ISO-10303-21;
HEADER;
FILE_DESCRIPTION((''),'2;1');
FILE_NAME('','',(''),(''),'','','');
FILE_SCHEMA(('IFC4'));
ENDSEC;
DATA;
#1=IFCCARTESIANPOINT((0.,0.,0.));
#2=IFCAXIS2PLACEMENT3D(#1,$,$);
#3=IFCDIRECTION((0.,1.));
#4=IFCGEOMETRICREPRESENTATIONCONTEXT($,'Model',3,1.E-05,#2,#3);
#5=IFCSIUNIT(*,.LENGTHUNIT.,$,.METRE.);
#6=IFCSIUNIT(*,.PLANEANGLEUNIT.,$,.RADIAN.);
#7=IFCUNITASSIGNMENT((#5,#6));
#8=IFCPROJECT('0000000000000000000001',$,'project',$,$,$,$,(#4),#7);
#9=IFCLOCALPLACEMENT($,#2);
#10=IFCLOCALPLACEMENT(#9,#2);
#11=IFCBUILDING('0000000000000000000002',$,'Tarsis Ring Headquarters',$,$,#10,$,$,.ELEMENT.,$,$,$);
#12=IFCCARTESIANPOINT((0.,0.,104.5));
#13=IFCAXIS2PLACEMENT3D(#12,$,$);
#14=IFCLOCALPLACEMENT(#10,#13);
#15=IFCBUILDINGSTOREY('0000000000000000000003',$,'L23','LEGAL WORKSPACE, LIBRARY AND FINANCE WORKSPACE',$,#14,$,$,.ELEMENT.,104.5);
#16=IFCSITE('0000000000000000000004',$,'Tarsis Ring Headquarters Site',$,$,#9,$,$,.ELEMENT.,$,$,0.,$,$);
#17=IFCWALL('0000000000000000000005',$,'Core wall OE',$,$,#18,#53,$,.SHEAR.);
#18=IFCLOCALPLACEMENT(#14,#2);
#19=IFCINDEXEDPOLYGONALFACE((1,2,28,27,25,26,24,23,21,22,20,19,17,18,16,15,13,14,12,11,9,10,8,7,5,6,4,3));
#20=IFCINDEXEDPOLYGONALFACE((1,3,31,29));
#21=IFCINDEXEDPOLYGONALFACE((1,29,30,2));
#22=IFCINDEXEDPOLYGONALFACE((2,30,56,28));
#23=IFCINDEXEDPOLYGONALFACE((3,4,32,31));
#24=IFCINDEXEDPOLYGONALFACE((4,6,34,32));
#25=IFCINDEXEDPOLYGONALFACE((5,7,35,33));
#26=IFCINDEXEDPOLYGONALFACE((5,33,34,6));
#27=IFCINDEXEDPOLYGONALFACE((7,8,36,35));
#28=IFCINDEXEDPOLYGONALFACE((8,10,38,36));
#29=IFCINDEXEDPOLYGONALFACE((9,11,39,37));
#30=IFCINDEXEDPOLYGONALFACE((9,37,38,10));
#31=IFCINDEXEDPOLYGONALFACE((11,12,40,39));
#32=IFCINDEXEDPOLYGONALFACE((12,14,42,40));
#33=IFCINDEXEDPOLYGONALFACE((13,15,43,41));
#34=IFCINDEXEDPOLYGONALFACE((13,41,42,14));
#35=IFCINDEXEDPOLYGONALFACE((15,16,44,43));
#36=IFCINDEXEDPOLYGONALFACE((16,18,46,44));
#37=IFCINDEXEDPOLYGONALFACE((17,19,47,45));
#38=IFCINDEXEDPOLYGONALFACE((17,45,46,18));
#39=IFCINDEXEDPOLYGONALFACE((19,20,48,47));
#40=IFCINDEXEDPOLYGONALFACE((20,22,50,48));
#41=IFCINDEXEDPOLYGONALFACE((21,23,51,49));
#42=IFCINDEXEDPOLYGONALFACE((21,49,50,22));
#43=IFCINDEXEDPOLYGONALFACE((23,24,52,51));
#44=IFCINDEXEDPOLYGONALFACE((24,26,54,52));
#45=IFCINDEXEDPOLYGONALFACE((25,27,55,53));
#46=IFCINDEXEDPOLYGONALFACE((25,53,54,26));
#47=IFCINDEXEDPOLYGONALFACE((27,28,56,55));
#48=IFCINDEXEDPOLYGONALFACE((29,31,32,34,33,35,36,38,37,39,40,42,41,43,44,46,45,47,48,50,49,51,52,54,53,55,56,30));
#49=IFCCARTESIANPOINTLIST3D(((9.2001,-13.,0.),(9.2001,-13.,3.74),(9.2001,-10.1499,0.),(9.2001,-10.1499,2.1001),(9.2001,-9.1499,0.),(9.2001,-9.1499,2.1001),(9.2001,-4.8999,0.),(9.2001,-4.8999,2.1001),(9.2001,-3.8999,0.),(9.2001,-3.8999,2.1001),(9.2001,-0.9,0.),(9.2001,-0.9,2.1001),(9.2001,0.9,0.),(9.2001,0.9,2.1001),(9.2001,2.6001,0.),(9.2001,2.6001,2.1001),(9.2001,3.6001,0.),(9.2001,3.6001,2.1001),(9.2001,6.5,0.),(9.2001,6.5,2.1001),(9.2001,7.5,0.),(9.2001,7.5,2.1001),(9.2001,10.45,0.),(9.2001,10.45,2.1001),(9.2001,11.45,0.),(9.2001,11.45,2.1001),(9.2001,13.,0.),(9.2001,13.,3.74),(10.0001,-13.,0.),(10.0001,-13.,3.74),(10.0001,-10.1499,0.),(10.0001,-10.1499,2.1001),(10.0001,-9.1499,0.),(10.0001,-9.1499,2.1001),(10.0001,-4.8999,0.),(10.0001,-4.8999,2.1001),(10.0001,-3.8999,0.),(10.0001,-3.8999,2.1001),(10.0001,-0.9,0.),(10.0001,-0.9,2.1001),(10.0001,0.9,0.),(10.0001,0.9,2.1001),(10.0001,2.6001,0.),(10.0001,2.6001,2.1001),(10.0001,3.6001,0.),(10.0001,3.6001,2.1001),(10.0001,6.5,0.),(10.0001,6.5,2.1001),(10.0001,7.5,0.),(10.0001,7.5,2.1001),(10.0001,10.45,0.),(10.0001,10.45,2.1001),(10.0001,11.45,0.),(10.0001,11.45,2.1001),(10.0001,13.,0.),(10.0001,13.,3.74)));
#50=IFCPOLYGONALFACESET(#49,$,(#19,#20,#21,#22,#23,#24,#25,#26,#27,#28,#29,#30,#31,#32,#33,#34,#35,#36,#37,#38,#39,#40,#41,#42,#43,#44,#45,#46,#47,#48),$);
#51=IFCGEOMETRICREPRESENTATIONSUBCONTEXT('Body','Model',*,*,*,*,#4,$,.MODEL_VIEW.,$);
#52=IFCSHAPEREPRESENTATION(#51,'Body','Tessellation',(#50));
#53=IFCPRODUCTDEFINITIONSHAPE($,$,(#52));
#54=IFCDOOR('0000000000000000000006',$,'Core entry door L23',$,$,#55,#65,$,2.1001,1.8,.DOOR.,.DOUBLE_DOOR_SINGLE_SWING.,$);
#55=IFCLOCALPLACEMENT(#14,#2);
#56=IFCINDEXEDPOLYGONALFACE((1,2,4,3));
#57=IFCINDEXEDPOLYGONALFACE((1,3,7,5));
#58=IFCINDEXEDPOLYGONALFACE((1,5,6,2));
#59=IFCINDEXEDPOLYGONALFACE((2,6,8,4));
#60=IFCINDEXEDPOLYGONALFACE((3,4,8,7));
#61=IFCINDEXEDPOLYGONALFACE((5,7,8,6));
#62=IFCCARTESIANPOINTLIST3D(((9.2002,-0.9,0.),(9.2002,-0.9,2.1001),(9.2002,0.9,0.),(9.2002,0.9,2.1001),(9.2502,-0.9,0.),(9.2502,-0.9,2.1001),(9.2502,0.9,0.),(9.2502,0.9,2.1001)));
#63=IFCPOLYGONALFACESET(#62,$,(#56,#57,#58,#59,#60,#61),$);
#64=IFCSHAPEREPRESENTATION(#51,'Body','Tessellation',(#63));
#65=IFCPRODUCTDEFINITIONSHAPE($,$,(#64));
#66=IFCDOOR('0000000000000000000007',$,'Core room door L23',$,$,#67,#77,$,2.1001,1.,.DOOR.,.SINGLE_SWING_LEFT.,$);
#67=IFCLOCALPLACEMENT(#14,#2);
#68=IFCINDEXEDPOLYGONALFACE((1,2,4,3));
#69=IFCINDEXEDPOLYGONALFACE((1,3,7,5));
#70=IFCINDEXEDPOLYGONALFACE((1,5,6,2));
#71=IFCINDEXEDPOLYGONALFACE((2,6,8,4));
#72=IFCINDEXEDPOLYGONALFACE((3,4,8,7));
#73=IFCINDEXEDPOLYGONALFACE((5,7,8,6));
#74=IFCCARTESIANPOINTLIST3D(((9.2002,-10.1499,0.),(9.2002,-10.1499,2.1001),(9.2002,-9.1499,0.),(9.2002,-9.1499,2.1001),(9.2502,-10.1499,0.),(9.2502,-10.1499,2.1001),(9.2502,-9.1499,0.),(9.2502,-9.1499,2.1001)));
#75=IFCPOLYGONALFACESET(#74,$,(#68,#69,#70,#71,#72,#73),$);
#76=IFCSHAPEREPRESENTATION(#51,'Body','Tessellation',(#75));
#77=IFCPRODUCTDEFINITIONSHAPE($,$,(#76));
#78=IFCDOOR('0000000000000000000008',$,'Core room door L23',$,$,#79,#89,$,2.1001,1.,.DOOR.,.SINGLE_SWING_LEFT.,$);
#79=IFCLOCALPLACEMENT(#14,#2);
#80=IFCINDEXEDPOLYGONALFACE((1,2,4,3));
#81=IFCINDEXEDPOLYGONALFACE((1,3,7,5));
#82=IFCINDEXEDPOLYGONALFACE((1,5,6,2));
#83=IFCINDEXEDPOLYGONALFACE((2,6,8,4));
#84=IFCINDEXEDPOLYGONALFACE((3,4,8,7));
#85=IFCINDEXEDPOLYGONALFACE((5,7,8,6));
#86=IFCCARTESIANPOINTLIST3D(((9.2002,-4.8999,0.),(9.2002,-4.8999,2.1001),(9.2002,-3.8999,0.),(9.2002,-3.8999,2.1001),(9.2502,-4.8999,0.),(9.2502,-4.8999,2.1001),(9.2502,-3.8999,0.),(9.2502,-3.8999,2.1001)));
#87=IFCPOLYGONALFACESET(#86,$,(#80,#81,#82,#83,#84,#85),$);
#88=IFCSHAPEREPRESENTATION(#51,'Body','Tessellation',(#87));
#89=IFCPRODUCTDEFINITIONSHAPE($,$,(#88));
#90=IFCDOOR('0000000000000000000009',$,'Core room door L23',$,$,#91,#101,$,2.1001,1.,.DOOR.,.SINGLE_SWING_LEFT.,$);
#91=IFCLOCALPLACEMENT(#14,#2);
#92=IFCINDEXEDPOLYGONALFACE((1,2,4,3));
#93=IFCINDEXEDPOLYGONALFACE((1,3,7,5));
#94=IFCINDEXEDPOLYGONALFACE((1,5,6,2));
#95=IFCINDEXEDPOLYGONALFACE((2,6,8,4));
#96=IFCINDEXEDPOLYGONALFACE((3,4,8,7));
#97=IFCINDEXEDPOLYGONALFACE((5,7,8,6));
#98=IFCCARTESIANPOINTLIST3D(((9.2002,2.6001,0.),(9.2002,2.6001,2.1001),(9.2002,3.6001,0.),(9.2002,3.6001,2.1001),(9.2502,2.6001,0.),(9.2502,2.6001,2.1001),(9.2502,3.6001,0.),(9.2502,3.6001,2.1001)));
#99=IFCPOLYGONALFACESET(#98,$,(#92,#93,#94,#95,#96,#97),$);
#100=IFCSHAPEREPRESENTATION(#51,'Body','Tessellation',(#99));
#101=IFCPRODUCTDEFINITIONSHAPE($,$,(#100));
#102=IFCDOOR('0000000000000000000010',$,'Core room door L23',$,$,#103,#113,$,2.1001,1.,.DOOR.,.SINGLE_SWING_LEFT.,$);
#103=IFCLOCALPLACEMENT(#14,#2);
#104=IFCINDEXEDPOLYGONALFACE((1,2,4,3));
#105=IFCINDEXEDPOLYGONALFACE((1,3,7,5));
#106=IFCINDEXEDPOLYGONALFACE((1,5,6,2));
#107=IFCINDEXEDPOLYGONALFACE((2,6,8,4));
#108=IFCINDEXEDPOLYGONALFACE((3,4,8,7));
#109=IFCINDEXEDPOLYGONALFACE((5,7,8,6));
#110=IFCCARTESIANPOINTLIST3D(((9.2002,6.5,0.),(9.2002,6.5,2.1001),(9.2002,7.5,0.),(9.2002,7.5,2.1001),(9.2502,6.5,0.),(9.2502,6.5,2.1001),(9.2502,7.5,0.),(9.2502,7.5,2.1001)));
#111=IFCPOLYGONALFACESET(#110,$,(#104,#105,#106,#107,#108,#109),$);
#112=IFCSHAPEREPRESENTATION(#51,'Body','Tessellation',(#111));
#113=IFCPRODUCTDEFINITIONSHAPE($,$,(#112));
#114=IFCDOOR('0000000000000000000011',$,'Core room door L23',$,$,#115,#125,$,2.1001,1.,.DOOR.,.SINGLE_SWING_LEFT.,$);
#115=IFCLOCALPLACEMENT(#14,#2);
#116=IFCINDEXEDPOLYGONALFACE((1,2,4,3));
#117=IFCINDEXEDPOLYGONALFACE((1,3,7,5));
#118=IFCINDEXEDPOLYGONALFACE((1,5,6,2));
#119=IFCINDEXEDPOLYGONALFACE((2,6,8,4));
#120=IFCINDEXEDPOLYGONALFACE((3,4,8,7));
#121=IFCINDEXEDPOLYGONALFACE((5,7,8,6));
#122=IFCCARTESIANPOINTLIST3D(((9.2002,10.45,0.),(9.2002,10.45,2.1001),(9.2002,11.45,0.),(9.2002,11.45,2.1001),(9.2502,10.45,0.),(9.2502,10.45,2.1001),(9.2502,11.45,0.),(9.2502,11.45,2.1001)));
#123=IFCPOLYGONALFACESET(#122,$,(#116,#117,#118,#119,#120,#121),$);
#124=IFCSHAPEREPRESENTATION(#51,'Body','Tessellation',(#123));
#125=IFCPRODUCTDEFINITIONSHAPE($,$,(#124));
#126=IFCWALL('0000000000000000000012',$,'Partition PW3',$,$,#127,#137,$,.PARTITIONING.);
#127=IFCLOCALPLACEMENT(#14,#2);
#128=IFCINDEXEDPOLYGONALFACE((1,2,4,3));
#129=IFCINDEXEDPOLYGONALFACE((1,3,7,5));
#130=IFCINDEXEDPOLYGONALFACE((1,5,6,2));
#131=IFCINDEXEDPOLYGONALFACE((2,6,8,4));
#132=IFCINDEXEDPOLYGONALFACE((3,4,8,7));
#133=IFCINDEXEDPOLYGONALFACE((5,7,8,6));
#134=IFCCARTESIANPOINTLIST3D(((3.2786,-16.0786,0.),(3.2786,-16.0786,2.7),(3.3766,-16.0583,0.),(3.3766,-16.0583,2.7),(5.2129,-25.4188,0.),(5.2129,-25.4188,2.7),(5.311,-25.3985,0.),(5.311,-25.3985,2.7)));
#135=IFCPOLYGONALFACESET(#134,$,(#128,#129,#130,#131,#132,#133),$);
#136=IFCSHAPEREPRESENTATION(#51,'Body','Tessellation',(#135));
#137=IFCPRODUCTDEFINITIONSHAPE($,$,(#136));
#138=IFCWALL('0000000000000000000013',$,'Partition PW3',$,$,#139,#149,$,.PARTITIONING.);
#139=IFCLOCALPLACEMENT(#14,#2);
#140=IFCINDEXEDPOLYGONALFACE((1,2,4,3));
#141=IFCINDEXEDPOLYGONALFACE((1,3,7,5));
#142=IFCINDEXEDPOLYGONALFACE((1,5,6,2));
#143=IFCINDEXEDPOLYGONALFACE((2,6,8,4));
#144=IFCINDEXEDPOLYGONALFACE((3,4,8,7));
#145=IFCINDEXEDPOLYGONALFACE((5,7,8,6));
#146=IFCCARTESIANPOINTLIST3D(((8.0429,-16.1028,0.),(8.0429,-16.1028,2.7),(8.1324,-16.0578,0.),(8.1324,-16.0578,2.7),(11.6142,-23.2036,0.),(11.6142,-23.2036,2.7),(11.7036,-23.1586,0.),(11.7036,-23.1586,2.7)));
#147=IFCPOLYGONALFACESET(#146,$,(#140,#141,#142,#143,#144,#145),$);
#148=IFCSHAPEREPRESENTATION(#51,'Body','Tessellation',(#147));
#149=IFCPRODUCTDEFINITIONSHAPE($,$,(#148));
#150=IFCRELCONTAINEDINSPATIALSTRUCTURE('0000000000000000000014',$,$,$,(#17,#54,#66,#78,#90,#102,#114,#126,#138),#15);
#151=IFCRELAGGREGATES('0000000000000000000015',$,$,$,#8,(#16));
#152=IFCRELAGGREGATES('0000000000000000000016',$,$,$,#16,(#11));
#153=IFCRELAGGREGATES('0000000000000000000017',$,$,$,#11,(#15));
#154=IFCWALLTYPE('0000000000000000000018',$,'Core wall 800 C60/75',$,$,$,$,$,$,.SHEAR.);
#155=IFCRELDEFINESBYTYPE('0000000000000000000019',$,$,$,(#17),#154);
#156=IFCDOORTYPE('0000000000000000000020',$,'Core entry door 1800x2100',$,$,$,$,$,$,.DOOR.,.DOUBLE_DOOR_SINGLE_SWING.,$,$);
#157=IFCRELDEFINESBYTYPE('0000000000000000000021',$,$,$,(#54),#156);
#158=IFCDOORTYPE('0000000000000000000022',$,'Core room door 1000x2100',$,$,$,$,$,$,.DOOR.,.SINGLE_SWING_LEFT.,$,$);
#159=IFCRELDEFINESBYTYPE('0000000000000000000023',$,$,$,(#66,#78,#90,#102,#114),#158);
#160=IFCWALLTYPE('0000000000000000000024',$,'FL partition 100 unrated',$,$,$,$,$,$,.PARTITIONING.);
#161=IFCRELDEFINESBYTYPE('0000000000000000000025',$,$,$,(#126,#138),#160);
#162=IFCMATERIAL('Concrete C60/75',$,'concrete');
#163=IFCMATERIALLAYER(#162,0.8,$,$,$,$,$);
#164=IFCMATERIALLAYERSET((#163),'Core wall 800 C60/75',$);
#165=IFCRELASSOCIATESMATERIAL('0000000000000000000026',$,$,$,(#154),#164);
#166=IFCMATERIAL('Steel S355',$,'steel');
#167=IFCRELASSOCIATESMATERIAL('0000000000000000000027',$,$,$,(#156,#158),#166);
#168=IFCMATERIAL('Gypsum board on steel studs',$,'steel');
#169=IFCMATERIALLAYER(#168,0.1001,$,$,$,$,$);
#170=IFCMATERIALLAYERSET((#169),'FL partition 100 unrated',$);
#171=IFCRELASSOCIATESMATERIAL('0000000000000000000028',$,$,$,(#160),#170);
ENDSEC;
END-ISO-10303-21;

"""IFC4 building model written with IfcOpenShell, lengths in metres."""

from ifc_helpers import new_model, si_unit, direction, frame, frame_2d, origin, place, context, subcontext, project, spatial, rectangle, extrude, material, layer, layer_set, type_object, element, fill, save


model = new_model("IFC4")

# Units and contexts
model_context = context("Model", 3, precision=1e-05, world=origin(), true_north=direction((0.0, 1.0)))
body_context = subcontext(model_context, "Body", "Model", "MODEL_VIEW")
ifc_project = project(units=[si_unit("LENGTHUNIT", "METRE"), si_unit("PLANEANGLEUNIT", "RADIAN")], contexts=[model_context])

# Site, building, storey
site_placement = place(None, origin())
site = spatial("IfcSite", under=ifc_project, at=site_placement, Name="Tarsis Ring Headquarters Site", CompositionType="ELEMENT", RefElevation=0.0)
building_placement = place(site_placement, origin())
building = spatial("IfcBuilding", under=site, at=building_placement, Name="Tarsis Ring Headquarters", CompositionType="ELEMENT")
storey_placement = place(building_placement, frame((0.0, 0.0, 104.5)))
storey = spatial("IfcBuildingStorey", under=building, at=storey_placement, Name="L23", Description="LEGAL WORKSPACE, LIBRARY AND FINANCE WORKSPACE", CompositionType="ELEMENT", Elevation=104.5)

# Wall, openings, doors
ifc_material_1 = material(Name="Concrete C60/75", Category="concrete")
ifc_layer_1 = layer(ifc_material_1, 0.8)
ifc_layer_set_1 = layer_set([ifc_layer_1], Name="Core wall 800 C60/75")
wall_type_1 = type_object("IfcWallType", Name="Core wall 800 C60/75", PredefinedType="SHEAR", material=ifc_layer_set_1)
ifc_material_2 = material(Name="Steel S355", Category="steel")
door_type_1 = type_object("IfcDoorType", Name="Core entry door 1800x2100", OperationType="DOUBLE_DOOR_SINGLE_SWING", PredefinedType="DOOR", material=ifc_material_2)
door_type_2 = type_object("IfcDoorType", Name="Core room door 1000x2100", OperationType="SINGLE_SWING_LEFT", PredefinedType="DOOR", material=ifc_material_2)
wall_1_placement = place(storey_placement, frame((9.6001, -13.0, 0.0), z_axis=(0.0, 0.0, 1.0), x_axis=(0.0, 1.0, 0.0)))
wall_1 = element("IfcWall", 1, at=wall_1_placement, inside=storey, type_object=wall_type_1, Name="Core wall OE", PredefinedType="SHEAR", context=body_context, shape_type="SweptSolid", body=[
    extrude(rectangle(XDim=26.0, YDim=0.8, at=frame_2d((13.0, 0.0))), origin(), (0.0, 0.0, 1.0), 3.74),
])
opening_1_placement = place(wall_1_placement, frame((2.8501, 0.0, 0.0)))
opening_1 = element("IfcOpeningElement", 2, at=opening_1_placement, cuts=wall_1, PredefinedType="OPENING", context=body_context, shape_type="SweptSolid", body=[
    extrude(rectangle(XDim=1.0, YDim=2.1001, at=frame_2d((0.5, 1.05))), frame((0.0, 0.4099, 0.0), z_axis=(0.0, -1.0, 0.0), x_axis=(1.0, 0.0, 0.0)), (0.0, 0.0, 1.0), 0.8201),
])
opening_2_placement = place(wall_1_placement, frame((8.1001, 0.0, 0.0)))
opening_2 = element("IfcOpeningElement", 3, at=opening_2_placement, cuts=wall_1, PredefinedType="OPENING", context=body_context, shape_type="SweptSolid", body=[
    extrude(rectangle(XDim=1.0, YDim=2.1001, at=frame_2d((0.5, 1.05))), frame((0.0, 0.4099, 0.0), z_axis=(0.0, -1.0, 0.0), x_axis=(1.0, 0.0, 0.0)), (0.0, 0.0, 1.0), 0.8201),
])
opening_3_placement = place(wall_1_placement, frame((12.1001, 0.0, 0.0)))
opening_3 = element("IfcOpeningElement", 4, at=opening_3_placement, cuts=wall_1, PredefinedType="OPENING", context=body_context, shape_type="SweptSolid", body=[
    extrude(rectangle(XDim=1.8, YDim=2.1001, at=frame_2d((0.8999, 1.05))), frame((0.0, 0.4099, 0.0), z_axis=(0.0, -1.0, 0.0), x_axis=(1.0, 0.0, 0.0)), (0.0, 0.0, 1.0), 0.8201),
])
opening_4_placement = place(wall_1_placement, frame((15.6001, 0.0, 0.0)))
opening_4 = element("IfcOpeningElement", 5, at=opening_4_placement, cuts=wall_1, PredefinedType="OPENING", context=body_context, shape_type="SweptSolid", body=[
    extrude(rectangle(XDim=1.0, YDim=2.1001, at=frame_2d((0.5, 1.05))), frame((0.0, 0.4099, 0.0), z_axis=(0.0, -1.0, 0.0), x_axis=(1.0, 0.0, 0.0)), (0.0, 0.0, 1.0), 0.8201),
])
opening_5_placement = place(wall_1_placement, frame((19.5, 0.0, 0.0)))
opening_5 = element("IfcOpeningElement", 6, at=opening_5_placement, cuts=wall_1, PredefinedType="OPENING", context=body_context, shape_type="SweptSolid", body=[
    extrude(rectangle(XDim=1.0, YDim=2.1001, at=frame_2d((0.5, 1.05))), frame((0.0, 0.4099, 0.0), z_axis=(0.0, -1.0, 0.0), x_axis=(1.0, 0.0, 0.0)), (0.0, 0.0, 1.0), 0.8201),
])
opening_6_placement = place(wall_1_placement, frame((23.45, 0.0, 0.0)))
opening_6 = element("IfcOpeningElement", 7, at=opening_6_placement, cuts=wall_1, PredefinedType="OPENING", context=body_context, shape_type="SweptSolid", body=[
    extrude(rectangle(XDim=1.0, YDim=2.1001, at=frame_2d((0.5, 1.05))), frame((0.0, 0.4099, 0.0), z_axis=(0.0, -1.0, 0.0), x_axis=(1.0, 0.0, 0.0)), (0.0, 0.0, 1.0), 0.8201),
])
door_1_placement = place(opening_3_placement, origin())
door_1 = element("IfcDoor", 8, at=door_1_placement, inside=storey, type_object=door_type_1, Name="Core entry door L23", OperationType="DOUBLE_DOOR_SINGLE_SWING", OverallHeight=2.1001, OverallWidth=1.8, PredefinedType="DOOR", context=body_context, shape_type="SweptSolid", body=[
    extrude(rectangle(XDim=1.8, YDim=2.1001, at=frame_2d((0.8999, 1.05))), frame((0.0, 0.3999, 0.0), z_axis=(0.0, -1.0, 0.0), x_axis=(1.0, 0.0, 0.0)), (0.0, 0.0, 1.0), 0.05),
])
fill(opening_3, door_1)
door_2_placement = place(opening_1_placement, origin())
door_2 = element("IfcDoor", 9, at=door_2_placement, inside=storey, type_object=door_type_2, Name="Core room door L23", OperationType="SINGLE_SWING_LEFT", OverallHeight=2.1001, OverallWidth=1.0, PredefinedType="DOOR", context=body_context, shape_type="SweptSolid", body=[
    extrude(rectangle(XDim=1.0, YDim=2.1001, at=frame_2d((0.5, 1.05))), frame((0.0, 0.3999, 0.0), z_axis=(0.0, -1.0, 0.0), x_axis=(1.0, 0.0, 0.0)), (0.0, 0.0, 1.0), 0.05),
])
fill(opening_1, door_2)
door_3_placement = place(opening_2_placement, origin())
door_3 = element("IfcDoor", 10, at=door_3_placement, inside=storey, type_object=door_type_2, Name="Core room door L23", OperationType="SINGLE_SWING_LEFT", OverallHeight=2.1001, OverallWidth=1.0, PredefinedType="DOOR", context=body_context, shape_type="SweptSolid", body=[
    extrude(rectangle(XDim=1.0, YDim=2.1001, at=frame_2d((0.5, 1.05))), frame((0.0, 0.3999, 0.0), z_axis=(0.0, -1.0, 0.0), x_axis=(1.0, 0.0, 0.0)), (0.0, 0.0, 1.0), 0.05),
])
fill(opening_2, door_3)
door_4_placement = place(opening_4_placement, origin())
door_4 = element("IfcDoor", 11, at=door_4_placement, inside=storey, type_object=door_type_2, Name="Core room door L23", OperationType="SINGLE_SWING_LEFT", OverallHeight=2.1001, OverallWidth=1.0, PredefinedType="DOOR", context=body_context, shape_type="SweptSolid", body=[
    extrude(rectangle(XDim=1.0, YDim=2.1001, at=frame_2d((0.5, 1.05))), frame((0.0, 0.3999, 0.0), z_axis=(0.0, -1.0, 0.0), x_axis=(1.0, 0.0, 0.0)), (0.0, 0.0, 1.0), 0.05),
])
fill(opening_4, door_4)
door_5_placement = place(opening_5_placement, origin())
door_5 = element("IfcDoor", 12, at=door_5_placement, inside=storey, type_object=door_type_2, Name="Core room door L23", OperationType="SINGLE_SWING_LEFT", OverallHeight=2.1001, OverallWidth=1.0, PredefinedType="DOOR", context=body_context, shape_type="SweptSolid", body=[
    extrude(rectangle(XDim=1.0, YDim=2.1001, at=frame_2d((0.5, 1.05))), frame((0.0, 0.3999, 0.0), z_axis=(0.0, -1.0, 0.0), x_axis=(1.0, 0.0, 0.0)), (0.0, 0.0, 1.0), 0.05),
])
fill(opening_5, door_5)
door_6_placement = place(opening_6_placement, origin())
door_6 = element("IfcDoor", 13, at=door_6_placement, inside=storey, type_object=door_type_2, Name="Core room door L23", OperationType="SINGLE_SWING_LEFT", OverallHeight=2.1001, OverallWidth=1.0, PredefinedType="DOOR", context=body_context, shape_type="SweptSolid", body=[
    extrude(rectangle(XDim=1.0, YDim=2.1001, at=frame_2d((0.5, 1.05))), frame((0.0, 0.3999, 0.0), z_axis=(0.0, -1.0, 0.0), x_axis=(1.0, 0.0, 0.0)), (0.0, 0.0, 1.0), 0.05),
])
fill(opening_6, door_6)

# Walls
ifc_material_3 = material(Name="Gypsum board on steel studs", Category="steel")
ifc_layer_2 = layer(ifc_material_3, 0.1001)
ifc_layer_set_2 = layer_set([ifc_layer_2], Name="FL partition 100 unrated")
wall_type_2 = type_object("IfcWallType", Name="FL partition 100 unrated", PredefinedType="PARTITIONING", material=ifc_layer_set_2)
wall_2_placement = place(storey_placement, frame((3.3276, -16.0686, 0.0), z_axis=(0.0, 0.0, 1.0), x_axis=(0.202796, -0.979221, 0.0)))
element("IfcWall", 14, at=wall_2_placement, inside=storey, type_object=wall_type_2, Name="Partition PW3", PredefinedType="PARTITIONING", context=body_context, shape_type="SweptSolid", body=[
    extrude(rectangle(XDim=9.5383, YDim=0.1001, at=frame_2d((4.769, 0.0))), origin(), (0.0, 0.0, 1.0), 2.7),
])
wall_3_placement = place(storey_placement, frame((8.0876, -16.0803, 0.0), z_axis=(0.0, 0.0, 1.0), x_axis=(0.449313, -0.893374, 0.0)))
element("IfcWall", 15, at=wall_3_placement, inside=storey, type_object=wall_type_2, Name="Partition PW3", PredefinedType="PARTITIONING", context=body_context, shape_type="SweptSolid", body=[
    extrude(rectangle(XDim=7.9482, YDim=0.1001, at=frame_2d((3.9741, 0.0))), origin(), (0.0, 0.0, 1.0), 2.7),
])

save(model, "model.ifc")
